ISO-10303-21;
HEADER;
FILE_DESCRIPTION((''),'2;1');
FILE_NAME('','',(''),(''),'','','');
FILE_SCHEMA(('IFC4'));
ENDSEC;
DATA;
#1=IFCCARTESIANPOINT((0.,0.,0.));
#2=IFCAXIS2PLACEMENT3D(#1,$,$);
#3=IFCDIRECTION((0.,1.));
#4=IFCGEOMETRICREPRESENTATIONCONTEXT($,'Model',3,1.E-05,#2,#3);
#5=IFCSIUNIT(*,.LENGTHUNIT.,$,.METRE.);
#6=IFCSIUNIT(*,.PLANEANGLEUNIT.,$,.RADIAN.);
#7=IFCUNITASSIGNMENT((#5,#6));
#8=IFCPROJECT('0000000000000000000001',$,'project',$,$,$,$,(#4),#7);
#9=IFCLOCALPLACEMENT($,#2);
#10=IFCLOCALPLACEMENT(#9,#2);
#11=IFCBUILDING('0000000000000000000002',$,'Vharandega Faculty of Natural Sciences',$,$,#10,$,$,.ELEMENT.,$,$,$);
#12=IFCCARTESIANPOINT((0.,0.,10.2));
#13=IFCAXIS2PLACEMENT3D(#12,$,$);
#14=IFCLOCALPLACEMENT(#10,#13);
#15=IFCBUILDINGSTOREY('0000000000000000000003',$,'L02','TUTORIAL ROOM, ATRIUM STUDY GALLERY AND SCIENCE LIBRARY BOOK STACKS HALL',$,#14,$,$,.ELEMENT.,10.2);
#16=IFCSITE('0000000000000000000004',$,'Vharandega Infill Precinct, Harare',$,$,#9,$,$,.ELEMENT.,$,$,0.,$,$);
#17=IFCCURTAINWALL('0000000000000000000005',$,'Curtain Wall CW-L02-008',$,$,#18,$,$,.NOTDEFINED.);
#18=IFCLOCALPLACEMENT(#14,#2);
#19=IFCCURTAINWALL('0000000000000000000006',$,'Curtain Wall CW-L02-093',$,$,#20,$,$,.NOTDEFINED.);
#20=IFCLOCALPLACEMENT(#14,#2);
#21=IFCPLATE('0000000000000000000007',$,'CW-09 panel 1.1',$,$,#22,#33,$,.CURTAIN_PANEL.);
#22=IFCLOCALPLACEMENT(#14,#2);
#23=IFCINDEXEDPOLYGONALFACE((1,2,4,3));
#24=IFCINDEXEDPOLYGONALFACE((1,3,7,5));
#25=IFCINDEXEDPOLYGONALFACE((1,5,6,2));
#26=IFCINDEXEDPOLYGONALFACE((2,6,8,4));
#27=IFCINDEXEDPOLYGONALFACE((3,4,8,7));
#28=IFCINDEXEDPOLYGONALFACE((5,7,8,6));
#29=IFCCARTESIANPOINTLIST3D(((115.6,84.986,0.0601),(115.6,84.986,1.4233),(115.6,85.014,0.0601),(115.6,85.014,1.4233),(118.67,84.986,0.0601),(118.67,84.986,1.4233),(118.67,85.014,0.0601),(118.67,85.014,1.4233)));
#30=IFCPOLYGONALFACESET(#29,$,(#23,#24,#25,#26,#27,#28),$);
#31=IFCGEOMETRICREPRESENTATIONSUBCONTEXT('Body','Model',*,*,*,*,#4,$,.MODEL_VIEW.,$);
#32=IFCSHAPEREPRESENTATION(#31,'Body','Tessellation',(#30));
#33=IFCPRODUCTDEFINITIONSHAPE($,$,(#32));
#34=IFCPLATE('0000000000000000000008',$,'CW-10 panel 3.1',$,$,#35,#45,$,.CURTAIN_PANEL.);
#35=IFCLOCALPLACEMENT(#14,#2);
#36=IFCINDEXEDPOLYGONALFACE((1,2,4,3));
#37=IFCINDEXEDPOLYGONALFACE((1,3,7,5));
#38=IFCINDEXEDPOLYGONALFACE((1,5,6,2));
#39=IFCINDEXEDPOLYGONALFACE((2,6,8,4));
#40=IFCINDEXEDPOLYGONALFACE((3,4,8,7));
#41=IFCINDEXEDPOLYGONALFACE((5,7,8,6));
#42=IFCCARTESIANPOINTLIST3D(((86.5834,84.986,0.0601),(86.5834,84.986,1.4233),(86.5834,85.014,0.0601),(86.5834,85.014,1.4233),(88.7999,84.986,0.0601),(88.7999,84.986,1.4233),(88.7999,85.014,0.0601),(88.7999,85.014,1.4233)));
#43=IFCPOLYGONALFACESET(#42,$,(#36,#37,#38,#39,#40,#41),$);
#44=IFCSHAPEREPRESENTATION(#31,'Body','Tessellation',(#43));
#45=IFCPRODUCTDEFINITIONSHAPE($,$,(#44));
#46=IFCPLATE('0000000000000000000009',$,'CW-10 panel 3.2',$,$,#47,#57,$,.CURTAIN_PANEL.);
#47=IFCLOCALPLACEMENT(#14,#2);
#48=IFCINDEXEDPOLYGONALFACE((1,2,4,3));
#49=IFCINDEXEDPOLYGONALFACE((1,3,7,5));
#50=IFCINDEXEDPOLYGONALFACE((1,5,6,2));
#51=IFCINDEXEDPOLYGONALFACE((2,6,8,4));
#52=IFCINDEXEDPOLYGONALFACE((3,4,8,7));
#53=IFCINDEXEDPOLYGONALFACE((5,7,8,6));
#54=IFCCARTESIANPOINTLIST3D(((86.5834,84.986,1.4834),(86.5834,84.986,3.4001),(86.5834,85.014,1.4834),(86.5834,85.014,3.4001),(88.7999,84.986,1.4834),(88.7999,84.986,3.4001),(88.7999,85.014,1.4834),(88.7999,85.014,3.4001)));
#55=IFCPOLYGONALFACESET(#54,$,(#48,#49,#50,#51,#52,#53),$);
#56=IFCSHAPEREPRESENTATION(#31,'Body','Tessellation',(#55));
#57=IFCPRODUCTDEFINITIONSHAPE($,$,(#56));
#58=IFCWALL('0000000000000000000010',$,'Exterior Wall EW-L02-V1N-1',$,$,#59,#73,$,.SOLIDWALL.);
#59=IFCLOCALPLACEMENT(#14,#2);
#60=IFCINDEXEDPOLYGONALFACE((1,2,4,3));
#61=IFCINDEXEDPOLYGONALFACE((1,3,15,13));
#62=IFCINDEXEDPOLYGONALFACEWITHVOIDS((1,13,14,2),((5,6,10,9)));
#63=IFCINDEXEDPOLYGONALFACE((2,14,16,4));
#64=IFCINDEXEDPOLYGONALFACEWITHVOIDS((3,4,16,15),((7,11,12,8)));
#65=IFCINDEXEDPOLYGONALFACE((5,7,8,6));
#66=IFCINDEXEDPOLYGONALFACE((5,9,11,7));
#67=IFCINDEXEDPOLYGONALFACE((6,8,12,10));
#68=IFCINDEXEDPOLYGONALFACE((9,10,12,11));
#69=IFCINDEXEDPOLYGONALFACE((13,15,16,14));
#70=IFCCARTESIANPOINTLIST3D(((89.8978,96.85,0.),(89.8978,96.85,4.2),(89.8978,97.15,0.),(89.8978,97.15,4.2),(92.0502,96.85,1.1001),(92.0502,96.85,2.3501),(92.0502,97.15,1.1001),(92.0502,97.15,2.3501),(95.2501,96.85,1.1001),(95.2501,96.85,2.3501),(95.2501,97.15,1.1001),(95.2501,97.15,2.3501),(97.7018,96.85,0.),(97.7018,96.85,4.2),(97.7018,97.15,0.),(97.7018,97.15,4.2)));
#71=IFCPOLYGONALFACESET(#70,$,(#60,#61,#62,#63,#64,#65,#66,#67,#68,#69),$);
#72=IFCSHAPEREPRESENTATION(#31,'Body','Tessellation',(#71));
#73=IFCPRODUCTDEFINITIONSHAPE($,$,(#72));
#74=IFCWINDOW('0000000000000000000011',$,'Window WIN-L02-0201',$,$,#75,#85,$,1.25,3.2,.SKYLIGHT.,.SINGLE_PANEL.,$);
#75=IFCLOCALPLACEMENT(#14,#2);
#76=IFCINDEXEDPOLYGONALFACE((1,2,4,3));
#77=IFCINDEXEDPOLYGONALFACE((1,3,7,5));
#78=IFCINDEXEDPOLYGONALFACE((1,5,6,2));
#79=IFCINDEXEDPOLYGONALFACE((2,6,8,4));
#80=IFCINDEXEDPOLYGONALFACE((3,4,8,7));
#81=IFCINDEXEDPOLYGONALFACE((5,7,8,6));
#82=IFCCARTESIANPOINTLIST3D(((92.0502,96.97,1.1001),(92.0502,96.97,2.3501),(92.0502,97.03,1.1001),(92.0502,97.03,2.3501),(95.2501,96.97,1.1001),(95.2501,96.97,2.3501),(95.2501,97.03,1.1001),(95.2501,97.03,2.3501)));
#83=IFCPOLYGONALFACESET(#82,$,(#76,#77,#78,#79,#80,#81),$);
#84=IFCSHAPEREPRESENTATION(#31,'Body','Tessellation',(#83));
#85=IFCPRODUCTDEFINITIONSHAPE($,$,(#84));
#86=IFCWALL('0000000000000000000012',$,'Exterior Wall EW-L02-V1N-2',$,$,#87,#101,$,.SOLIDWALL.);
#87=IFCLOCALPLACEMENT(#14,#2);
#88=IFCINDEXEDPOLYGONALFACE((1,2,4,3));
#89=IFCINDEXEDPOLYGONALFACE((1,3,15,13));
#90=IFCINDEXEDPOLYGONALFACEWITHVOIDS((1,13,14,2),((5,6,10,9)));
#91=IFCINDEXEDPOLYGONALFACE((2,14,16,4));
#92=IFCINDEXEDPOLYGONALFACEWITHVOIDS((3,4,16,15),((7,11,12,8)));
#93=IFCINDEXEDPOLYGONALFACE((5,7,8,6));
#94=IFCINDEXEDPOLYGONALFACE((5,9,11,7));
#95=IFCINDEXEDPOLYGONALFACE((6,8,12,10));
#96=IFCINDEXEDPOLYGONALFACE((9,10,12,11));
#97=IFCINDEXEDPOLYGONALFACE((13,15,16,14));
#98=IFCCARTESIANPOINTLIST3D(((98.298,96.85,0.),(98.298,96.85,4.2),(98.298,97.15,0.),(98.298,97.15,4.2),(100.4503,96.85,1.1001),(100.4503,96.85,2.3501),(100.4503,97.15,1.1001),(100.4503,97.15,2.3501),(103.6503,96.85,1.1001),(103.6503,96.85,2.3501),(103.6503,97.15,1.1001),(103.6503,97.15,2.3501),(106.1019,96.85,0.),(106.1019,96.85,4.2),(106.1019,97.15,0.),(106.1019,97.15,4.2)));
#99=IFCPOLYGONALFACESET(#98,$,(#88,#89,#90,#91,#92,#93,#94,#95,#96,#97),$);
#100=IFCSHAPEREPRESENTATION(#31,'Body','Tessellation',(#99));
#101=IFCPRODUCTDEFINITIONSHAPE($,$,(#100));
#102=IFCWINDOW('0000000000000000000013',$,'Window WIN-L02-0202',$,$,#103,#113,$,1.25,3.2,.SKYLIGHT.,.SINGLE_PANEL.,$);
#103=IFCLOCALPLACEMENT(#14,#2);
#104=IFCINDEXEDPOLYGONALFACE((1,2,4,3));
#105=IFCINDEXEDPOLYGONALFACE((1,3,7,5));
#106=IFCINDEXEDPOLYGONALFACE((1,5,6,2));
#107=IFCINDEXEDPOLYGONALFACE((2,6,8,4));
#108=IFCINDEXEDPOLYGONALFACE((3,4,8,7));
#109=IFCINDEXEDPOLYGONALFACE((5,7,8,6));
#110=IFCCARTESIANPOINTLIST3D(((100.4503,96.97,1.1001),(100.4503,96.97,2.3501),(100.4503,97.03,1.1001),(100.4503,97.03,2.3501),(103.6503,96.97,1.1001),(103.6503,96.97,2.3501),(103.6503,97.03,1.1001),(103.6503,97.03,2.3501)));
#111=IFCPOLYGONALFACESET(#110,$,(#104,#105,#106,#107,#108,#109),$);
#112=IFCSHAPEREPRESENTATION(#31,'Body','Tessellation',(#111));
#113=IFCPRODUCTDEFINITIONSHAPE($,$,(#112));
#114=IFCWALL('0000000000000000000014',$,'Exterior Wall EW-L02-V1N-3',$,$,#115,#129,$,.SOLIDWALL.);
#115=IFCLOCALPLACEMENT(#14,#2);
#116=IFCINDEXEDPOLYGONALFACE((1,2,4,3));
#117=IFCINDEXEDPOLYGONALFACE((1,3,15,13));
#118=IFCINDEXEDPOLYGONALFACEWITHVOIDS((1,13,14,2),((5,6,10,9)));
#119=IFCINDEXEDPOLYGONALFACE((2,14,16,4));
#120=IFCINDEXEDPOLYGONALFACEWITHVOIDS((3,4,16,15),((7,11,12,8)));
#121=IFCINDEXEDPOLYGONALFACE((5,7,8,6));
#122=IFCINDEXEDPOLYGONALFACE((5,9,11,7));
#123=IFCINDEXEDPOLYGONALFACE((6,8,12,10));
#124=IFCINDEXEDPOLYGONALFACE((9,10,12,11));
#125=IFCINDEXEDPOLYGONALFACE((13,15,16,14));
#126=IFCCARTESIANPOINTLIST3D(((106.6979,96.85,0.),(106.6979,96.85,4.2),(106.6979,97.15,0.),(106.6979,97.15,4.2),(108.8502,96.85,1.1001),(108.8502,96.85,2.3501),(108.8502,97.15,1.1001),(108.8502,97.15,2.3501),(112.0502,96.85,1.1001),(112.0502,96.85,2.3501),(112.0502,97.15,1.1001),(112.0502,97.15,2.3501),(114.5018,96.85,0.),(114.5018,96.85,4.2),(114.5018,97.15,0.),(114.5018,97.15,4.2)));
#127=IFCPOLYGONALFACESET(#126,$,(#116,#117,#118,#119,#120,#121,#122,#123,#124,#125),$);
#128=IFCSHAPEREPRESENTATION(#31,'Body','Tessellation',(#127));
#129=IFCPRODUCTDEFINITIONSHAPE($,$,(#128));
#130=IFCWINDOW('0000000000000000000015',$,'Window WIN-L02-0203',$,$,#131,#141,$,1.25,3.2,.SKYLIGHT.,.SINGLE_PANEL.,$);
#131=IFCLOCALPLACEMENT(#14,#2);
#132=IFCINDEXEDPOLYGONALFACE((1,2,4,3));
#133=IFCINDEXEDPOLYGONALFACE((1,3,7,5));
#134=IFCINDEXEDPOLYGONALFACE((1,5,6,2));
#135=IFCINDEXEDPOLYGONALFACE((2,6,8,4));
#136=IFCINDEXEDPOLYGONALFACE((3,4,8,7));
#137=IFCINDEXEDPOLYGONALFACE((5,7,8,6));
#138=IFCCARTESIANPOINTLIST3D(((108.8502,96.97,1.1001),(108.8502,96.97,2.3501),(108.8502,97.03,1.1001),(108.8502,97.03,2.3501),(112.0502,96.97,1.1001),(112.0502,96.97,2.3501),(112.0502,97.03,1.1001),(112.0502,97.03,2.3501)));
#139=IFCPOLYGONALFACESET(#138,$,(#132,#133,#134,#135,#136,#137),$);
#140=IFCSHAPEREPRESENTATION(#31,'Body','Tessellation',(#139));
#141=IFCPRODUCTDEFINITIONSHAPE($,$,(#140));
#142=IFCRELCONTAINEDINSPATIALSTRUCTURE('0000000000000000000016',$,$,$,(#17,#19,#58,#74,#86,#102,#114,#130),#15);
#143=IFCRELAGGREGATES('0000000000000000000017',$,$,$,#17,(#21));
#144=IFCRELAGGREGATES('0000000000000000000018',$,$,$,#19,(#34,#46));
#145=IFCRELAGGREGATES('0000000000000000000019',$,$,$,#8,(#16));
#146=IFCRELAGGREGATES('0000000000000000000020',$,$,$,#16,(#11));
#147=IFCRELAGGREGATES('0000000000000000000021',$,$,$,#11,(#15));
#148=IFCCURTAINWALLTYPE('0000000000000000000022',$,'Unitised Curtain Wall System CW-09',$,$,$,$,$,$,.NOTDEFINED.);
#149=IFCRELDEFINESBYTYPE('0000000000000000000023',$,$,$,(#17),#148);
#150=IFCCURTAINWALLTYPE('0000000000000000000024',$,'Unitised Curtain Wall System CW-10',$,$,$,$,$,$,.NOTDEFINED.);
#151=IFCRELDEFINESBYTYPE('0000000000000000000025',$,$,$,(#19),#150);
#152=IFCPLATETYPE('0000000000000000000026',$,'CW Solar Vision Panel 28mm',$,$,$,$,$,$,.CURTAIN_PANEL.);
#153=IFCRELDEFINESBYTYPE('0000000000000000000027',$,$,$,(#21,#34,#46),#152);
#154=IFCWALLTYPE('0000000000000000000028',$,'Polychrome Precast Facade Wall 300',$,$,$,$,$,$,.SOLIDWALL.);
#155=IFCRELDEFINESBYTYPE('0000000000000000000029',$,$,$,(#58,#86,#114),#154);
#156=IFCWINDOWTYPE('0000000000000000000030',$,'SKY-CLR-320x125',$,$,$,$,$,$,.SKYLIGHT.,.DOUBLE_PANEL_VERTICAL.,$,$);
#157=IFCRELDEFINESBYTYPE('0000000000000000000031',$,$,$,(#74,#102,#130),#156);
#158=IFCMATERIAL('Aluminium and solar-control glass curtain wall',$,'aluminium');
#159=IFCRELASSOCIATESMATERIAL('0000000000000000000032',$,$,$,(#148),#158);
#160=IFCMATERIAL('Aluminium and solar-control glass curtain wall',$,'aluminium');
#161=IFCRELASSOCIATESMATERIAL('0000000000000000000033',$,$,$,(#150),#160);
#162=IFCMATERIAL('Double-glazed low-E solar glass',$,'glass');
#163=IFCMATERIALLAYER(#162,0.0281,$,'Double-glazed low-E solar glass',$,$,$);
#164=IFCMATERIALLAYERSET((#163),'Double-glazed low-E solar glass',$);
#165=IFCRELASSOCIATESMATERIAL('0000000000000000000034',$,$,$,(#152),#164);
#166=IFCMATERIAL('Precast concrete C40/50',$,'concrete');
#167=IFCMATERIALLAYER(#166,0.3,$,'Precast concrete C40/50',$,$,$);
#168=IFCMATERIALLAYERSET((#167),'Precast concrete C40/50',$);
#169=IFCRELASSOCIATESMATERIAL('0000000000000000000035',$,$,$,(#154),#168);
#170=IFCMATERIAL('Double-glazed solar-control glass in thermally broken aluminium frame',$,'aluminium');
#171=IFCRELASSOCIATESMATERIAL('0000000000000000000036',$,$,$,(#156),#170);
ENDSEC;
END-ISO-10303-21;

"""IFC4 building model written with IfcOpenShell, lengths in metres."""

from ifc_helpers import new_model, si_unit, direction, frame, frame_2d, origin, origin_2d, place, context, subcontext, project, spatial, rectangle, extrude, material, layer, layer_set, type_object, element, fill, aggregate, save


model = new_model("IFC4")

# Units and contexts
model_context = context("Model", 3, precision=1e-05, world=origin(), true_north=direction((0.0, 1.0)))
body_context = subcontext(model_context, "Body", "Model", "MODEL_VIEW")
ifc_project = project(units=[si_unit("LENGTHUNIT", "METRE"), si_unit("PLANEANGLEUNIT", "RADIAN")], contexts=[model_context])

# Site, building, storey
site_placement = place(None, origin())
site = spatial("IfcSite", under=ifc_project, at=site_placement, Name="Vharandega Infill Precinct, Harare", CompositionType="ELEMENT", RefElevation=0.0)
building_placement = place(site_placement, origin())
building = spatial("IfcBuilding", under=site, at=building_placement, Name="Vharandega Faculty of Natural Sciences", CompositionType="ELEMENT")
storey_placement = place(building_placement, frame((0.0, 0.0, 10.2)))
storey = spatial("IfcBuildingStorey", under=building, at=storey_placement, Name="L02", Description="TUTORIAL ROOM, ATRIUM STUDY GALLERY AND SCIENCE LIBRARY BOOK STACKS HALL", CompositionType="ELEMENT", Elevation=10.2)

# Curtain walls
ifc_material_1 = material(Name="Aluminium and solar-control glass curtain wall", Category="aluminium")
curtain_wall_type_1 = type_object("IfcCurtainWallType", Name="Unitised Curtain Wall System CW-09", PredefinedType="NOTDEFINED", material=ifc_material_1)
curtain_wall_1_placement = place(storey_placement, origin())
curtain_wall_1 = element("IfcCurtainWall", 1, at=curtain_wall_1_placement, inside=storey, type_object=curtain_wall_type_1, Name="Curtain Wall CW-L02-008", PredefinedType="NOTDEFINED")
ifc_material_2 = material(Name="Aluminium and solar-control glass curtain wall", Category="aluminium")
curtain_wall_type_2 = type_object("IfcCurtainWallType", Name="Unitised Curtain Wall System CW-10", PredefinedType="NOTDEFINED", material=ifc_material_2)
curtain_wall_2_placement = place(storey_placement, origin())
curtain_wall_2 = element("IfcCurtainWall", 2, at=curtain_wall_2_placement, inside=storey, type_object=curtain_wall_type_2, Name="Curtain Wall CW-L02-093", PredefinedType="NOTDEFINED")

# Plates
ifc_material_3 = material(Name="Double-glazed low-E solar glass", Category="glass")
ifc_layer_1 = layer(ifc_material_3, 0.0281, Name="Double-glazed low-E solar glass")
ifc_layer_set_1 = layer_set([ifc_layer_1], Name="Double-glazed low-E solar glass")
plate_type = type_object("IfcPlateType", Name="CW Solar Vision Panel 28mm", PredefinedType="CURTAIN_PANEL", material=ifc_layer_set_1)
plate_1_placement = place(storey_placement, frame((117.135, 85.0, 0.0601), z_axis=(0.0, 0.0, 1.0), x_axis=(1.0, 0.0, 0.0)))
plate_1 = element("IfcPlate", 3, at=plate_1_placement, type_object=plate_type, Name="CW-09 panel 1.1", PredefinedType="CURTAIN_PANEL", context=body_context, shape_type="SweptSolid", body=[
    extrude(rectangle(XDim=3.0701, YDim=0.0281, at=origin_2d()), origin(), (0.0, 0.0, 1.0), 1.3633),
])
aggregate(curtain_wall_1, [plate_1])
plate_2_placement = place(storey_placement, frame((87.6917, 85.0, 0.0601), z_axis=(0.0, 0.0, 1.0), x_axis=(1.0, 0.0, 0.0)))
plate_2 = element("IfcPlate", 4, at=plate_2_placement, type_object=plate_type, Name="CW-10 panel 3.1", PredefinedType="CURTAIN_PANEL", context=body_context, shape_type="SweptSolid", body=[
    extrude(rectangle(XDim=2.2166, YDim=0.0281, at=origin_2d()), origin(), (0.0, 0.0, 1.0), 1.3633),
])
plate_3_placement = place(storey_placement, frame((87.6917, 85.0, 1.4834), z_axis=(0.0, 0.0, 1.0), x_axis=(1.0, 0.0, 0.0)))
plate_3 = element("IfcPlate", 5, at=plate_3_placement, type_object=plate_type, Name="CW-10 panel 3.2", PredefinedType="CURTAIN_PANEL", context=body_context, shape_type="SweptSolid", body=[
    extrude(rectangle(XDim=2.2166, YDim=0.0281, at=origin_2d()), origin(), (0.0, 0.0, 1.0), 1.9167),
])
aggregate(curtain_wall_2, [plate_2, plate_3])

# Walls, openings, windows
ifc_material_4 = material(Name="Precast concrete C40/50", Category="concrete")
ifc_layer_2 = layer(ifc_material_4, 0.3, Name="Precast concrete C40/50")
ifc_layer_set_2 = layer_set([ifc_layer_2], Name="Precast concrete C40/50")
wall_type = type_object("IfcWallType", Name="Polychrome Precast Facade Wall 300", PredefinedType="SOLIDWALL", material=ifc_layer_set_2)
wall_1_placement = place(storey_placement, frame((89.8979, 97.0, 0.0), z_axis=(0.0, 0.0, 1.0), x_axis=(1.0, 0.0, 0.0)))
wall_1 = element("IfcWall", 6, at=wall_1_placement, inside=storey, type_object=wall_type, Name="Exterior Wall EW-L02-V1N-1", PredefinedType="SOLIDWALL", context=body_context, shape_type="SweptSolid", body=[
    extrude(rectangle(XDim=7.804, YDim=0.3, at=frame_2d((3.9019, 0.0))), origin(), (0.0, 0.0, 1.0), 4.2),
])
opening_1_placement = place(wall_1_placement, frame((2.1521, 0.0, 1.1001)))
opening_1 = element("IfcOpeningElement", 7, at=opening_1_placement, cuts=wall_1, PredefinedType="OPENING", context=body_context, shape_type="SweptSolid", body=[
    extrude(rectangle(XDim=3.2, YDim=1.25, at=frame_2d((1.6001, 0.625))), frame((0.0, 0.1602, 0.0), z_axis=(0.0, -1.0, 0.0), x_axis=(1.0, 0.0, 0.0)), (0.0, 0.0, 1.0), 0.3201),
])
ifc_material_5 = material(Name="Double-glazed solar-control glass in thermally broken aluminium frame", Category="aluminium")
window_type = type_object("IfcWindowType", Name="SKY-CLR-320x125", PartitioningType="DOUBLE_PANEL_VERTICAL", PredefinedType="SKYLIGHT", material=ifc_material_5)
window_1_placement = place(opening_1_placement, origin())
window_1 = element("IfcWindow", 8, at=window_1_placement, inside=storey, type_object=window_type, Name="Window WIN-L02-0201", OverallHeight=1.25, OverallWidth=3.2, PartitioningType="SINGLE_PANEL", PredefinedType="SKYLIGHT", context=body_context, shape_type="SweptSolid", body=[
    extrude(rectangle(XDim=3.2, YDim=1.25, at=frame_2d((1.6001, 0.625))), frame((0.0, 0.03, 0.0), z_axis=(0.0, -1.0, 0.0), x_axis=(1.0, 0.0, 0.0)), (0.0, 0.0, 1.0), 0.0601),
])
fill(opening_1, window_1)
wall_2_placement = place(storey_placement, frame((98.2981, 97.0, 0.0), z_axis=(0.0, 0.0, 1.0), x_axis=(1.0, 0.0, 0.0)))
wall_2 = element("IfcWall", 9, at=wall_2_placement, inside=storey, type_object=wall_type, Name="Exterior Wall EW-L02-V1N-2", PredefinedType="SOLIDWALL", context=body_context, shape_type="SweptSolid", body=[
    extrude(rectangle(XDim=7.804, YDim=0.3, at=frame_2d((3.9019, 0.0))), origin(), (0.0, 0.0, 1.0), 4.2),
])
opening_2_placement = place(wall_2_placement, frame((2.1521, 0.0, 1.1001)))
opening_2 = element("IfcOpeningElement", 10, at=opening_2_placement, cuts=wall_2, PredefinedType="OPENING", context=body_context, shape_type="SweptSolid", body=[
    extrude(rectangle(XDim=3.2, YDim=1.25, at=frame_2d((1.6001, 0.625))), frame((0.0, 0.1602, 0.0), z_axis=(0.0, -1.0, 0.0), x_axis=(1.0, 0.0, 0.0)), (0.0, 0.0, 1.0), 0.3201),
])
window_2_placement = place(opening_2_placement, origin())
window_2 = element("IfcWindow", 11, at=window_2_placement, inside=storey, type_object=window_type, Name="Window WIN-L02-0202", OverallHeight=1.25, OverallWidth=3.2, PartitioningType="SINGLE_PANEL", PredefinedType="SKYLIGHT", context=body_context, shape_type="SweptSolid", body=[
    extrude(rectangle(XDim=3.2, YDim=1.25, at=frame_2d((1.6001, 0.625))), frame((0.0, 0.03, 0.0), z_axis=(0.0, -1.0, 0.0), x_axis=(1.0, 0.0, 0.0)), (0.0, 0.0, 1.0), 0.0601),
])
fill(opening_2, window_2)
wall_3_placement = place(storey_placement, frame((106.698, 97.0, 0.0), z_axis=(0.0, 0.0, 1.0), x_axis=(1.0, 0.0, 0.0)))
wall_3 = element("IfcWall", 12, at=wall_3_placement, inside=storey, type_object=wall_type, Name="Exterior Wall EW-L02-V1N-3", PredefinedType="SOLIDWALL", context=body_context, shape_type="SweptSolid", body=[
    extrude(rectangle(XDim=7.804, YDim=0.3, at=frame_2d((3.9019, 0.0))), origin(), (0.0, 0.0, 1.0), 4.2),
])
opening_3_placement = place(wall_3_placement, frame((2.1521, 0.0, 1.1001)))
opening_3 = element("IfcOpeningElement", 13, at=opening_3_placement, cuts=wall_3, PredefinedType="OPENING", context=body_context, shape_type="SweptSolid", body=[
    extrude(rectangle(XDim=3.2, YDim=1.25, at=frame_2d((1.6001, 0.625))), frame((0.0, 0.1602, 0.0), z_axis=(0.0, -1.0, 0.0), x_axis=(1.0, 0.0, 0.0)), (0.0, 0.0, 1.0), 0.3201),
])
window_3_placement = place(opening_3_placement, origin())
window_3 = element("IfcWindow", 14, at=window_3_placement, inside=storey, type_object=window_type, Name="Window WIN-L02-0203", OverallHeight=1.25, OverallWidth=3.2, PartitioningType="SINGLE_PANEL", PredefinedType="SKYLIGHT", context=body_context, shape_type="SweptSolid", body=[
    extrude(rectangle(XDim=3.2, YDim=1.25, at=frame_2d((1.6001, 0.625))), frame((0.0, 0.03, 0.0), z_axis=(0.0, -1.0, 0.0), x_axis=(1.0, 0.0, 0.0)), (0.0, 0.0, 1.0), 0.0601),
])
fill(opening_3, window_3)

save(model, "model.ifc")
